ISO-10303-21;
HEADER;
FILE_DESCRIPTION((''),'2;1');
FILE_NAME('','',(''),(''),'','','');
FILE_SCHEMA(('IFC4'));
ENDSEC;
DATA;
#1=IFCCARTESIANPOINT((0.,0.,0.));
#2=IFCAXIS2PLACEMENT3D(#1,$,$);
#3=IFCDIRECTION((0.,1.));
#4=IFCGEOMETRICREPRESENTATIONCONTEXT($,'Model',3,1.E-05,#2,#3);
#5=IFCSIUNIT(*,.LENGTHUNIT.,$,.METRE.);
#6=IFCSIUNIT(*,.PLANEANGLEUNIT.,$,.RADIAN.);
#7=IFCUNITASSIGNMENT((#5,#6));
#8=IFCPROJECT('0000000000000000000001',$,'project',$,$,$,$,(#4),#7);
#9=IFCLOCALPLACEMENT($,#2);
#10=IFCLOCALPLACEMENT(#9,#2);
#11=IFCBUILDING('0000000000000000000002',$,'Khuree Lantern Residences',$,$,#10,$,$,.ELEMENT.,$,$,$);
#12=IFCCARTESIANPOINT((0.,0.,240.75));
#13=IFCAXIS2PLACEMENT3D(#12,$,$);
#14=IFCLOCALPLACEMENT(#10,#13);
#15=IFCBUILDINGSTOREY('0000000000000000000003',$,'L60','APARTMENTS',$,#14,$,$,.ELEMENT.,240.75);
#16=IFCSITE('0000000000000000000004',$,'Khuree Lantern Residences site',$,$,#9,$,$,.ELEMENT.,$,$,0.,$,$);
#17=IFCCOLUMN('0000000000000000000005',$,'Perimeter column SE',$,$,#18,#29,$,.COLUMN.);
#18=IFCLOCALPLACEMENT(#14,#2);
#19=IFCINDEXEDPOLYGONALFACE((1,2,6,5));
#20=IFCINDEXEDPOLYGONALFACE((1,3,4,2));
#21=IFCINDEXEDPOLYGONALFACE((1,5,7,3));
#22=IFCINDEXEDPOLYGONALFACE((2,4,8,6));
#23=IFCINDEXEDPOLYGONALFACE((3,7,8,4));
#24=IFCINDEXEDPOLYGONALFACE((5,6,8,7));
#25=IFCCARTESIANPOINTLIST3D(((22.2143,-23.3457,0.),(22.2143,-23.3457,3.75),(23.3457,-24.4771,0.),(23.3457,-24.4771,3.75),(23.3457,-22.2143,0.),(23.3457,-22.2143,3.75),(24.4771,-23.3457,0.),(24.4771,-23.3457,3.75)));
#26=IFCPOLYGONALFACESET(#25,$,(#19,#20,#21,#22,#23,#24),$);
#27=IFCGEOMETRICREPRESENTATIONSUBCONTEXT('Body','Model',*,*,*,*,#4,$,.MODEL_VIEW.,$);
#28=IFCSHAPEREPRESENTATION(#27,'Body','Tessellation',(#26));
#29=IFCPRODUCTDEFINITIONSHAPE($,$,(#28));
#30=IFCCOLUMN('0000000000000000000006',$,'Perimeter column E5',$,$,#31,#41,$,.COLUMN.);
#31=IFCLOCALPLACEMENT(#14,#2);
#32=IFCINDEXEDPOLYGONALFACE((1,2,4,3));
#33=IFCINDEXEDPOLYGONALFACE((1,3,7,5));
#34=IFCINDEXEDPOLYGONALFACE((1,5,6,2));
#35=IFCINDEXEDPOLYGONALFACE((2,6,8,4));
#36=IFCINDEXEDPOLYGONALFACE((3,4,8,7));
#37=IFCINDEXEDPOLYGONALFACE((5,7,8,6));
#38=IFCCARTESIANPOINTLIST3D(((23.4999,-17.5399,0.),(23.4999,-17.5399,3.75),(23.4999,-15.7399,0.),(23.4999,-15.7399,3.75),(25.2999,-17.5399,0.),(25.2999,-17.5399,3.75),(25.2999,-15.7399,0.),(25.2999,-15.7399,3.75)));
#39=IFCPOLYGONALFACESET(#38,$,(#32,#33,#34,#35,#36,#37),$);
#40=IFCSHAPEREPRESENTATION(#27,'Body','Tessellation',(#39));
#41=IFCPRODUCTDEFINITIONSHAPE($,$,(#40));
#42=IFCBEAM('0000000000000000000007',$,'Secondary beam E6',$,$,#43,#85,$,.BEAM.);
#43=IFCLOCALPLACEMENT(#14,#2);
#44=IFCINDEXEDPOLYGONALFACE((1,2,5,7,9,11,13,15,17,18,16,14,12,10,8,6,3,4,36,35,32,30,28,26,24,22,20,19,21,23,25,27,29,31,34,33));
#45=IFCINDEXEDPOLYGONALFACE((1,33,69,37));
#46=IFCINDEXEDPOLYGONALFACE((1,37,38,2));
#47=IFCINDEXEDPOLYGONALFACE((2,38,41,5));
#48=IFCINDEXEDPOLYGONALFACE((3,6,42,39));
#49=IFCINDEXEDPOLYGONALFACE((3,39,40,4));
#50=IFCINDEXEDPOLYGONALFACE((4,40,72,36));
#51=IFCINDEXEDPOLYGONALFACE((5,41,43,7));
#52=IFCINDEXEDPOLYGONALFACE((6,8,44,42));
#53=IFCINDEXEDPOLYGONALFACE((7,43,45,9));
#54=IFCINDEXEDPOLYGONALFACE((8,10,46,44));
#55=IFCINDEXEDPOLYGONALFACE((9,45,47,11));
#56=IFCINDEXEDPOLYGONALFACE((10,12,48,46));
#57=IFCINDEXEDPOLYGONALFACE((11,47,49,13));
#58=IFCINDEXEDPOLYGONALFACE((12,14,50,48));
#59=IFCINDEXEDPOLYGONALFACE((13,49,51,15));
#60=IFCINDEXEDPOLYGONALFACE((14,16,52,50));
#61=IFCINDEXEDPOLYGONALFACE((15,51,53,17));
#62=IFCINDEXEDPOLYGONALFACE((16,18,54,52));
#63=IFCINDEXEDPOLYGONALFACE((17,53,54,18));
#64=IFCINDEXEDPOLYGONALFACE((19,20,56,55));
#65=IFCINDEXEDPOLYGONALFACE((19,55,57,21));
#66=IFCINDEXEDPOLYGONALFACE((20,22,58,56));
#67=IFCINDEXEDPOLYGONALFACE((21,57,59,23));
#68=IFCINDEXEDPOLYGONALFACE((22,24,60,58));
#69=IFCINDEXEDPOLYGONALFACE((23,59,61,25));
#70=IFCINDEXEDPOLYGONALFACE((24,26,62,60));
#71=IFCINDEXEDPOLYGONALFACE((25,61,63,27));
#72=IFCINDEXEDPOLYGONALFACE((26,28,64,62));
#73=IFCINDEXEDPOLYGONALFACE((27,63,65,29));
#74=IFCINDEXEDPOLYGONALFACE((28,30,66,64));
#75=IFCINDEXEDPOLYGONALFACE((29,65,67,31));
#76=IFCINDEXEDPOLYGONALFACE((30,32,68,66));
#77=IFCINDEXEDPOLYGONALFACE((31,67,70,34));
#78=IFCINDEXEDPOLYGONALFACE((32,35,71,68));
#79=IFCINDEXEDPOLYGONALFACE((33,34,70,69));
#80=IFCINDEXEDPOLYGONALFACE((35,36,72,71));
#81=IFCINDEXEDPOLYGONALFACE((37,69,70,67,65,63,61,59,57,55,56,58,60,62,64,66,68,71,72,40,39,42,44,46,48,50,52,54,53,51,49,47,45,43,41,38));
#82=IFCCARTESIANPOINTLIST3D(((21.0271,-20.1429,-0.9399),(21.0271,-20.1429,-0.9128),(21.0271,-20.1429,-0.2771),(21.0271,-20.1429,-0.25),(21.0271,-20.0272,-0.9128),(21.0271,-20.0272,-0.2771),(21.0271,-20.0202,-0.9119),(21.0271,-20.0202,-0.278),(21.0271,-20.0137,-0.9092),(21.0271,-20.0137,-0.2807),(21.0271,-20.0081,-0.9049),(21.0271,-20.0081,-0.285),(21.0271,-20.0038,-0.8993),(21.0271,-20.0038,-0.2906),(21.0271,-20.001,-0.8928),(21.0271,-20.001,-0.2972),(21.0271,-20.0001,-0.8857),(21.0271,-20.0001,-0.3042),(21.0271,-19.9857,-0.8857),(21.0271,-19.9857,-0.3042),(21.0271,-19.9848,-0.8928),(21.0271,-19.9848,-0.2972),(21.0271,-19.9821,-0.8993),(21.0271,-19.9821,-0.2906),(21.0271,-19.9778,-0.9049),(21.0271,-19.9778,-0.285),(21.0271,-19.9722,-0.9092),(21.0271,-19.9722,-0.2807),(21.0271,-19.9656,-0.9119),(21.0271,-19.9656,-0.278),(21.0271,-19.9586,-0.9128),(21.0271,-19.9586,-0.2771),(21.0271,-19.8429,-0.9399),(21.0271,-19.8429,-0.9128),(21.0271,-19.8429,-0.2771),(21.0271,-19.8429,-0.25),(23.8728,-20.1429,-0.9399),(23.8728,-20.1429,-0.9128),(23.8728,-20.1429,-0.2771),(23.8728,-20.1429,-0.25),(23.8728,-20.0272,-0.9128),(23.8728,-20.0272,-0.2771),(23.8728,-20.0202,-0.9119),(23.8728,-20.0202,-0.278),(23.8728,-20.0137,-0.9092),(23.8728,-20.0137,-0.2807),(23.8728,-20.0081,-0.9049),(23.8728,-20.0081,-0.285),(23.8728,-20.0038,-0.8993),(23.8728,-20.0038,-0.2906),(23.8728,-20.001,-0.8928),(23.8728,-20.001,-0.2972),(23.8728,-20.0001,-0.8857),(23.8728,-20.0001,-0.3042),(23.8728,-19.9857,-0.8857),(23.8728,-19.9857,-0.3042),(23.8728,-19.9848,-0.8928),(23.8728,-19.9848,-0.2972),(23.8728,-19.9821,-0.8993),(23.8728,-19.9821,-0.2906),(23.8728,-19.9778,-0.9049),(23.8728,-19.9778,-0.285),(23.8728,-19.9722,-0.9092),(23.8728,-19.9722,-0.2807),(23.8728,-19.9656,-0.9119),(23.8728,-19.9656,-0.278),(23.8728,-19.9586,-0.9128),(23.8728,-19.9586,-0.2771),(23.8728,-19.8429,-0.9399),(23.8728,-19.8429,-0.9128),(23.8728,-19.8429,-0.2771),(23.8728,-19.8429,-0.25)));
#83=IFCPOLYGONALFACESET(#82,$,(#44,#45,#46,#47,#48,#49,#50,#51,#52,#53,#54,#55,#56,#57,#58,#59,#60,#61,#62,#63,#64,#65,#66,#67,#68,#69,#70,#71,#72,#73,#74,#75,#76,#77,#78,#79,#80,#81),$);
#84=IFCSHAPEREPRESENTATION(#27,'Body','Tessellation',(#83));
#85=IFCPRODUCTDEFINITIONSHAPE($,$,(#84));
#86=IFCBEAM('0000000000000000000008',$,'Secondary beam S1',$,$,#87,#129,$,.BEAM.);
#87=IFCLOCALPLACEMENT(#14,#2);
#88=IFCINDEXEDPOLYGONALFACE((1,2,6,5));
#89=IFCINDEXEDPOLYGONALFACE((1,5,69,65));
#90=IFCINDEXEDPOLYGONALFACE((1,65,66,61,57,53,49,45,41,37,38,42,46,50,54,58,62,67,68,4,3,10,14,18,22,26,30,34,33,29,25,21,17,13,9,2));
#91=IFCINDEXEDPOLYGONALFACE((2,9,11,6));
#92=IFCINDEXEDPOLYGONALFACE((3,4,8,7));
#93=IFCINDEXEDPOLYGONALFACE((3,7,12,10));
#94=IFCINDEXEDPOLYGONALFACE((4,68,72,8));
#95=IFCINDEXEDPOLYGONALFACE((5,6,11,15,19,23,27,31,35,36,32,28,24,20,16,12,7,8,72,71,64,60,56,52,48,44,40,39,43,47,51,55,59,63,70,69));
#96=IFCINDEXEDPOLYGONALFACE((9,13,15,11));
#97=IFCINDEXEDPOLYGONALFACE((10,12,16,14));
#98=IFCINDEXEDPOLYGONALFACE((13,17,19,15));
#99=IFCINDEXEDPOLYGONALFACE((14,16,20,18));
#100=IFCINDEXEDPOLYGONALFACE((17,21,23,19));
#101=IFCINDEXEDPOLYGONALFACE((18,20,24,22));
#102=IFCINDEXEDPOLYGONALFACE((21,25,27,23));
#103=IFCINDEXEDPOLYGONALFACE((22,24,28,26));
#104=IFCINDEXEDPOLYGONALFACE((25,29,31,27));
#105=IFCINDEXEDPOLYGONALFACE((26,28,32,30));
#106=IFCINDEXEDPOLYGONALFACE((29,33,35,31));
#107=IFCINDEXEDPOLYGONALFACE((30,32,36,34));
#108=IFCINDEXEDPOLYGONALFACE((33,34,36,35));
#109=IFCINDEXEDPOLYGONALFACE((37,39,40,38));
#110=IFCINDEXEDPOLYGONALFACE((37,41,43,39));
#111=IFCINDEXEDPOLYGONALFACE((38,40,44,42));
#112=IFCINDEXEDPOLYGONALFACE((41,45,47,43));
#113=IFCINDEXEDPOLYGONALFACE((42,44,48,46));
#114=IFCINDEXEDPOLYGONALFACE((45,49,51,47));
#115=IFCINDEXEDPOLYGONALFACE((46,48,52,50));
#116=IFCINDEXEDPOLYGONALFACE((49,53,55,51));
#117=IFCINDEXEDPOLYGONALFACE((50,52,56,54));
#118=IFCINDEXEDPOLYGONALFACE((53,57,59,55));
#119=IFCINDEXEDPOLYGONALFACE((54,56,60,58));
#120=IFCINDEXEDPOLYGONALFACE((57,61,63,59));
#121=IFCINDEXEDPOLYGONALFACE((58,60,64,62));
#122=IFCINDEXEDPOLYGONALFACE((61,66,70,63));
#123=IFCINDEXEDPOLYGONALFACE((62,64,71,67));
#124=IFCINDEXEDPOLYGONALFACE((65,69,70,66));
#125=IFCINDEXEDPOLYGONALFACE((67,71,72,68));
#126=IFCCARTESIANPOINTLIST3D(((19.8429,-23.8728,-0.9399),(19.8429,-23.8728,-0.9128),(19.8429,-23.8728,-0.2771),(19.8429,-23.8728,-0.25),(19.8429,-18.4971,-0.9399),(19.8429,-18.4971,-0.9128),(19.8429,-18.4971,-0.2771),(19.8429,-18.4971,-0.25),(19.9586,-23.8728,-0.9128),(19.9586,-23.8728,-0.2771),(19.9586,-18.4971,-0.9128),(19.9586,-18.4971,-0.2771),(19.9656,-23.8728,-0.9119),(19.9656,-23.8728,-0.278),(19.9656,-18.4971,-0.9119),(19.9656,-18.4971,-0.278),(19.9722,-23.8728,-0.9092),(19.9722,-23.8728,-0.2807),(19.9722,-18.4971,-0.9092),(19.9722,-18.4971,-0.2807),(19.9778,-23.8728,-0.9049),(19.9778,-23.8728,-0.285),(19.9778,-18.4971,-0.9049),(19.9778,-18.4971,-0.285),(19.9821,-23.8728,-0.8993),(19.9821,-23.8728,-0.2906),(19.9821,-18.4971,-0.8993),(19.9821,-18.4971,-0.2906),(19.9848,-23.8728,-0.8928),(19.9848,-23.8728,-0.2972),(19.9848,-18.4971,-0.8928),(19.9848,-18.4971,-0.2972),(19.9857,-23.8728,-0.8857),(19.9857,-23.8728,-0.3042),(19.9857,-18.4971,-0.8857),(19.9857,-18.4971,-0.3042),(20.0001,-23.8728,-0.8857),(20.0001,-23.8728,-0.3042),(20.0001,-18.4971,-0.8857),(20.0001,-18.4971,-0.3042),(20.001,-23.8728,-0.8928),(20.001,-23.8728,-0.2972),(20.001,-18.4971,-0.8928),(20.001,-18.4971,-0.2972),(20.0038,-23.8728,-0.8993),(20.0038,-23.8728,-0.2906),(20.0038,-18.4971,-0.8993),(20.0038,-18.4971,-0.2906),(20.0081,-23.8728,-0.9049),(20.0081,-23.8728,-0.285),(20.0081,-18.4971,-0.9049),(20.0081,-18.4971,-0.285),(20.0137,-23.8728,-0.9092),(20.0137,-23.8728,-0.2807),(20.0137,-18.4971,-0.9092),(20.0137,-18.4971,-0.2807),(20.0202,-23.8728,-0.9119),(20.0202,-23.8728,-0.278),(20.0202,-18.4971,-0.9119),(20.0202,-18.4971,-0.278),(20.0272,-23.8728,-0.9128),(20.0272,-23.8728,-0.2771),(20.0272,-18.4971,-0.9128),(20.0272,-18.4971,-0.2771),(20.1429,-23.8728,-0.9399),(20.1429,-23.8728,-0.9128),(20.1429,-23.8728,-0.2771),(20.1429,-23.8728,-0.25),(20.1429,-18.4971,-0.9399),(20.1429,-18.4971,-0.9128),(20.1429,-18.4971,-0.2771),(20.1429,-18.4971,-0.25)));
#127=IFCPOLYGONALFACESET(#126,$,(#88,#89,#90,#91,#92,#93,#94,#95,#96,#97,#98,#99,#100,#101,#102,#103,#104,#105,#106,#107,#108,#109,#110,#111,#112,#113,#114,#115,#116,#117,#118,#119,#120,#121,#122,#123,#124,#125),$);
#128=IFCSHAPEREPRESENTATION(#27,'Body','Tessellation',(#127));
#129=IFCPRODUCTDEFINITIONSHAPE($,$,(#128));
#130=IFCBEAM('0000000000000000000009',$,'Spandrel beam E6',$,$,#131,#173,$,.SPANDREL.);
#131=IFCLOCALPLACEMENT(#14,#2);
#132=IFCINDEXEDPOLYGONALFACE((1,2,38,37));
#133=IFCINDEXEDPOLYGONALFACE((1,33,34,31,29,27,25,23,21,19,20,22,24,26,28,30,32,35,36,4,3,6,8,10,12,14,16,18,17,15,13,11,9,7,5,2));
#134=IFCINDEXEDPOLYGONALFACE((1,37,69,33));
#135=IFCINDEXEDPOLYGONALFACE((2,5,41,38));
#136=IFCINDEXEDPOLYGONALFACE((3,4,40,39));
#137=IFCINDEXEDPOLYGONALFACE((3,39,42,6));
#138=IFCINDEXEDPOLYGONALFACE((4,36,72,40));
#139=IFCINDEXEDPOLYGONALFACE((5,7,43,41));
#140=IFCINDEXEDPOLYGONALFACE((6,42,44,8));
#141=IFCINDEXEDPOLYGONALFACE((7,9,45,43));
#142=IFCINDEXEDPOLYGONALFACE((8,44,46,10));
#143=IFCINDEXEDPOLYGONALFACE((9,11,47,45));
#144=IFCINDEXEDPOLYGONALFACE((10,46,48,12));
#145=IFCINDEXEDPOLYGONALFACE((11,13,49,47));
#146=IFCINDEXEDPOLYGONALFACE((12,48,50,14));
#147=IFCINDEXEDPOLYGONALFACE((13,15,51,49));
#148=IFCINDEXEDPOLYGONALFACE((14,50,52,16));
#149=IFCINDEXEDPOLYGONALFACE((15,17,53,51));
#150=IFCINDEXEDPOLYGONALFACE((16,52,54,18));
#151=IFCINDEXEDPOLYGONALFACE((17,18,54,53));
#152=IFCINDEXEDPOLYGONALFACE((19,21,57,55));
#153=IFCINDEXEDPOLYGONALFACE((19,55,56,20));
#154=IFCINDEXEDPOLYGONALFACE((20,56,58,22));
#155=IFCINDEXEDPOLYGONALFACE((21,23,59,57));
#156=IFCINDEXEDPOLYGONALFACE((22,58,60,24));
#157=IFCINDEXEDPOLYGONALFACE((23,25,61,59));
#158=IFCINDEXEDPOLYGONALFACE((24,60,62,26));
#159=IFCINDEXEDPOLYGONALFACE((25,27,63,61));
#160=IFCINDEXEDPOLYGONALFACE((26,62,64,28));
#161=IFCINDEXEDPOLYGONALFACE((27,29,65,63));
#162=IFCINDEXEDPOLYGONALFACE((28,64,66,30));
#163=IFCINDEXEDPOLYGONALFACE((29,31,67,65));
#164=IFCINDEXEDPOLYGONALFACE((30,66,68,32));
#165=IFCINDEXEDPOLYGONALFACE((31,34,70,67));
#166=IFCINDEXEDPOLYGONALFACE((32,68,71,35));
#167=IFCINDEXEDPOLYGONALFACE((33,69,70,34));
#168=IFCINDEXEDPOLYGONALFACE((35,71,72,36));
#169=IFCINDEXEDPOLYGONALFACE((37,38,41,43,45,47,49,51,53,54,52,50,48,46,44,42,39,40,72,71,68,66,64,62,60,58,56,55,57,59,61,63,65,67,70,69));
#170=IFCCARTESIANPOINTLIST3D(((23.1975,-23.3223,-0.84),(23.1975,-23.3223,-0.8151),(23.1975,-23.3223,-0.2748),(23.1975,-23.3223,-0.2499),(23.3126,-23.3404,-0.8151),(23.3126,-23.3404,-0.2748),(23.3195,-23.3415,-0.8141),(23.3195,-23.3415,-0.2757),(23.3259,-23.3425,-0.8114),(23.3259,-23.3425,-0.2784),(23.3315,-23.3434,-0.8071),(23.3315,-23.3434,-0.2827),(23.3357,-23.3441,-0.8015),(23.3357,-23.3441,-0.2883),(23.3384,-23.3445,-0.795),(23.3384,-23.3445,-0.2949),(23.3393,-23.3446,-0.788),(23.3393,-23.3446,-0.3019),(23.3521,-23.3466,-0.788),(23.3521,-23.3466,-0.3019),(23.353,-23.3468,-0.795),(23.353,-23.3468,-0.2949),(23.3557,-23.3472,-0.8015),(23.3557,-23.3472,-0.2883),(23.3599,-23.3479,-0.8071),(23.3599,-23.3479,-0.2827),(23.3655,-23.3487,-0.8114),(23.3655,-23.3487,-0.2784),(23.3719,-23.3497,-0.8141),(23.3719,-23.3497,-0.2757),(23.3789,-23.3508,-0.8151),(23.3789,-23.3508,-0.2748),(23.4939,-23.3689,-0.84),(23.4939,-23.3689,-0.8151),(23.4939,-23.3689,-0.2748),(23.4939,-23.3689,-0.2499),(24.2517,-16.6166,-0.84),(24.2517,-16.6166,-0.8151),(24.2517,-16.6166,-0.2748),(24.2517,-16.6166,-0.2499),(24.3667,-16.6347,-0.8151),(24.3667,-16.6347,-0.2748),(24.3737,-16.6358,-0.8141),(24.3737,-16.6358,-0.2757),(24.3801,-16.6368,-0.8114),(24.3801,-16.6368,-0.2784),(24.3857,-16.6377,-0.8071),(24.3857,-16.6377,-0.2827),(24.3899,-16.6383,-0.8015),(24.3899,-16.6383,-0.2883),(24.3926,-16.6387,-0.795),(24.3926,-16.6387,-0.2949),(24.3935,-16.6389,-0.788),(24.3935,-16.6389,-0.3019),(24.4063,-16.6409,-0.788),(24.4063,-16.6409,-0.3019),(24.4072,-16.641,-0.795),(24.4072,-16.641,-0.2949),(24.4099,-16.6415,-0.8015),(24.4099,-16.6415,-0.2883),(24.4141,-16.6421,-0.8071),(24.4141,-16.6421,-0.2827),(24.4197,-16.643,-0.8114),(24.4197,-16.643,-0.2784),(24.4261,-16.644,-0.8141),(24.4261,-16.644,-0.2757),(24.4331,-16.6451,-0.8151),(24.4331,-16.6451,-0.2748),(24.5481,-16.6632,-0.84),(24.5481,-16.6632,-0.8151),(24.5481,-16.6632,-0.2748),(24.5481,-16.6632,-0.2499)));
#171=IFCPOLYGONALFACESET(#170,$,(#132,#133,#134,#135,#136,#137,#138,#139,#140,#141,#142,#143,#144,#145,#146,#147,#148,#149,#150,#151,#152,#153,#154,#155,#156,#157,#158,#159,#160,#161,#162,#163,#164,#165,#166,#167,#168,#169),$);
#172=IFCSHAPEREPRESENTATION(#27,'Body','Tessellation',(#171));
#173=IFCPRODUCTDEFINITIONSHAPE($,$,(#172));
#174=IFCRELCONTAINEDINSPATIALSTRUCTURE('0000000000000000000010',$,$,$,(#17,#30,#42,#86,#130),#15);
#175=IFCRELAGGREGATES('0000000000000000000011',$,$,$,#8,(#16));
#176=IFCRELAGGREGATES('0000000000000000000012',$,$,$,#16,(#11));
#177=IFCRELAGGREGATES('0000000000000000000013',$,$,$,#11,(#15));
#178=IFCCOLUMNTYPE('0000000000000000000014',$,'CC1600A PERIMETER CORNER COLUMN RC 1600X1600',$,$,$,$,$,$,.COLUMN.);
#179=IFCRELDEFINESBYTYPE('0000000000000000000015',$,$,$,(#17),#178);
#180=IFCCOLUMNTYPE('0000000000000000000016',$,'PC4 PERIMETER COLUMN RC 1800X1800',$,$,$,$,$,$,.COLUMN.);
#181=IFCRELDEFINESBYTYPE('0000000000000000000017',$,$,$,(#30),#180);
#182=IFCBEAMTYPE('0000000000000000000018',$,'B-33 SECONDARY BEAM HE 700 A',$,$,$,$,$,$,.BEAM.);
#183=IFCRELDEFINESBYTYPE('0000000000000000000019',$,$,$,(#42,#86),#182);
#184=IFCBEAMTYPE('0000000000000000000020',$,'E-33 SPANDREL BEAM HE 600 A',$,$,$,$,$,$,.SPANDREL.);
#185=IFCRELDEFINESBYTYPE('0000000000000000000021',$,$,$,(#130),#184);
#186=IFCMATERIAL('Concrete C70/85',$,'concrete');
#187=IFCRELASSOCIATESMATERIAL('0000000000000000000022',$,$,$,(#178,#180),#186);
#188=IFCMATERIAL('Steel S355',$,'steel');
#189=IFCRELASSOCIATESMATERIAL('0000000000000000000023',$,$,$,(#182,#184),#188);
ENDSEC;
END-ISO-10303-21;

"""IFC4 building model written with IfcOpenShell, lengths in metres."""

from ifc_helpers import new_model, si_unit, direction, frame, origin, origin_2d, place, context, subcontext, project, spatial, rectangle, i_section, extrude, material, material_profile, profile_set, type_object, element, save


model = new_model("IFC4")

# Units and contexts
model_context = context("Model", 3, precision=1e-05, world=origin(), true_north=direction((0.0, 1.0)))
body_context = subcontext(model_context, "Body", "Model", "MODEL_VIEW")
ifc_project = project(units=[si_unit("LENGTHUNIT", "METRE"), si_unit("PLANEANGLEUNIT", "RADIAN")], contexts=[model_context])

# Site, building, storey
site_placement = place(None, origin())
site = spatial("IfcSite", under=ifc_project, at=site_placement, Name="Khuree Lantern Residences site", CompositionType="ELEMENT", RefElevation=0.0)
building_placement = place(site_placement, origin())
building = spatial("IfcBuilding", under=site, at=building_placement, Name="Khuree Lantern Residences", CompositionType="ELEMENT")
storey_placement = place(building_placement, frame((0.0, 0.0, 240.75)))
storey = spatial("IfcBuildingStorey", under=building, at=storey_placement, Name="L60", Description="APARTMENTS", CompositionType="ELEMENT", Elevation=240.75)

# Columns
ifc_material_1 = material(Name="Concrete C70/85", Category="concrete")
ifc_material_profile_1 = material_profile(ifc_material_1, rectangle(XDim=1.6001, YDim=1.6001, at=origin_2d()), Name="RC 1600X1600")
ifc_profile_set_1 = profile_set([ifc_material_profile_1], Name="Concrete C70/85")
column_type_1 = type_object("IfcColumnType", Name="CC1600A PERIMETER CORNER COLUMN RC 1600X1600", PredefinedType="COLUMN", material=ifc_profile_set_1)
column_1_placement = place(storey_placement, frame((23.3457, -23.3457, 0.0), z_axis=(0.0, 0.0, 1.0), x_axis=(0.707107, 0.707107, 0.0)))
element("IfcColumn", 1, at=column_1_placement, inside=storey, type_object=column_type_1, Name="Perimeter column SE", PredefinedType="COLUMN", context=body_context, shape_type="SweptSolid", body=[
    extrude(rectangle(XDim=1.6001, YDim=1.6001, at=origin_2d()), origin(), (0.0, 0.0, 1.0), 3.75),
])
ifc_material_profile_2 = material_profile(ifc_material_1, rectangle(XDim=1.8, YDim=1.8, at=origin_2d()), Name="RC 1800X1800")
ifc_profile_set_2 = profile_set([ifc_material_profile_2], Name="Concrete C70/85")
column_type_2 = type_object("IfcColumnType", Name="PC4 PERIMETER COLUMN RC 1800X1800", PredefinedType="COLUMN", material=ifc_profile_set_2)
column_2_placement = place(storey_placement, frame((24.3999, -16.6399, 0.0), z_axis=(0.0, 0.0, 1.0), x_axis=(0.0, 1.0, 0.0)))
element("IfcColumn", 2, at=column_2_placement, inside=storey, type_object=column_type_2, Name="Perimeter column E5", PredefinedType="COLUMN", context=body_context, shape_type="SweptSolid", body=[
    extrude(rectangle(XDim=1.8, YDim=1.8, at=origin_2d()), origin(), (0.0, 0.0, 1.0), 3.75),
])

# Beams
ifc_material_2 = material(Name="Steel S355", Category="steel")
ifc_material_profile_3 = material_profile(ifc_material_2, i_section(OverallWidth=0.3, OverallDepth=0.6899, WebThickness=0.0144, FlangeThickness=0.0271, FilletRadius=0.0271, at=origin_2d()), Name="HE 700 A")
ifc_profile_set_3 = profile_set([ifc_material_profile_3], Name="Steel S355")
beam_type_1 = type_object("IfcBeamType", Name="B-33 SECONDARY BEAM HE 700 A", PredefinedType="BEAM", material=ifc_profile_set_3)
beam_1_placement = place(storey_placement, frame((23.8728, -19.9929, -0.595), z_axis=(-1.0, 0.0, 0.0), x_axis=(0.0, -1.0, 0.0)))
element("IfcBeam", 3, at=beam_1_placement, inside=storey, type_object=beam_type_1, Name="Secondary beam E6", PredefinedType="BEAM", context=body_context, shape_type="SweptSolid", body=[
    extrude(i_section(OverallWidth=0.3, OverallDepth=0.6899, WebThickness=0.0144, FlangeThickness=0.0271, FilletRadius=0.0271, at=origin_2d()), origin(), (0.0, 0.0, 1.0), 2.8457),
])
beam_2_placement = place(storey_placement, frame((19.9929, -23.8728, -0.595), z_axis=(0.0, 1.0, 0.0), x_axis=(-1.0, 0.0, 0.0)))
element("IfcBeam", 4, at=beam_2_placement, inside=storey, type_object=beam_type_1, Name="Secondary beam S1", PredefinedType="BEAM", context=body_context, shape_type="SweptSolid", body=[
    extrude(i_section(OverallWidth=0.3, OverallDepth=0.6899, WebThickness=0.0144, FlangeThickness=0.0271, FilletRadius=0.0271, at=origin_2d()), origin(), (0.0, 0.0, 1.0), 5.3757),
])
ifc_material_profile_4 = material_profile(ifc_material_2, i_section(OverallWidth=0.3, OverallDepth=0.5901, WebThickness=0.0129, FlangeThickness=0.0249, FilletRadius=0.0271, at=origin_2d()), Name="HE 600 A")
ifc_profile_set_4 = profile_set([ifc_material_profile_4], Name="Steel S355")
beam_type_2 = type_object("IfcBeamType", Name="E-33 SPANDREL BEAM HE 600 A", PredefinedType="SPANDREL", material=ifc_profile_set_4)
for number, where, z_axis, x_axis, name in (
    (5, (24.3999, -16.6399, -0.5449), (-0.1553, -0.987867, 0.0), (0.987867, -0.1553, 0.0), "Spandrel beam E6"),
):
    element("IfcBeam", number, at=place(storey_placement, frame(where, z_axis=z_axis, x_axis=x_axis)), inside=storey, type_object=beam_type_2, Name=name, PredefinedType="SPANDREL", context=body_context, shape_type="SweptSolid", body=[
        extrude(i_section(OverallWidth=0.3, OverallDepth=0.5901, WebThickness=0.0129, FlangeThickness=0.0249, FilletRadius=0.0271, at=origin_2d()), origin(), (0.0, 0.0, 1.0), 6.7881),
    ])

save(model, "model.ifc")
